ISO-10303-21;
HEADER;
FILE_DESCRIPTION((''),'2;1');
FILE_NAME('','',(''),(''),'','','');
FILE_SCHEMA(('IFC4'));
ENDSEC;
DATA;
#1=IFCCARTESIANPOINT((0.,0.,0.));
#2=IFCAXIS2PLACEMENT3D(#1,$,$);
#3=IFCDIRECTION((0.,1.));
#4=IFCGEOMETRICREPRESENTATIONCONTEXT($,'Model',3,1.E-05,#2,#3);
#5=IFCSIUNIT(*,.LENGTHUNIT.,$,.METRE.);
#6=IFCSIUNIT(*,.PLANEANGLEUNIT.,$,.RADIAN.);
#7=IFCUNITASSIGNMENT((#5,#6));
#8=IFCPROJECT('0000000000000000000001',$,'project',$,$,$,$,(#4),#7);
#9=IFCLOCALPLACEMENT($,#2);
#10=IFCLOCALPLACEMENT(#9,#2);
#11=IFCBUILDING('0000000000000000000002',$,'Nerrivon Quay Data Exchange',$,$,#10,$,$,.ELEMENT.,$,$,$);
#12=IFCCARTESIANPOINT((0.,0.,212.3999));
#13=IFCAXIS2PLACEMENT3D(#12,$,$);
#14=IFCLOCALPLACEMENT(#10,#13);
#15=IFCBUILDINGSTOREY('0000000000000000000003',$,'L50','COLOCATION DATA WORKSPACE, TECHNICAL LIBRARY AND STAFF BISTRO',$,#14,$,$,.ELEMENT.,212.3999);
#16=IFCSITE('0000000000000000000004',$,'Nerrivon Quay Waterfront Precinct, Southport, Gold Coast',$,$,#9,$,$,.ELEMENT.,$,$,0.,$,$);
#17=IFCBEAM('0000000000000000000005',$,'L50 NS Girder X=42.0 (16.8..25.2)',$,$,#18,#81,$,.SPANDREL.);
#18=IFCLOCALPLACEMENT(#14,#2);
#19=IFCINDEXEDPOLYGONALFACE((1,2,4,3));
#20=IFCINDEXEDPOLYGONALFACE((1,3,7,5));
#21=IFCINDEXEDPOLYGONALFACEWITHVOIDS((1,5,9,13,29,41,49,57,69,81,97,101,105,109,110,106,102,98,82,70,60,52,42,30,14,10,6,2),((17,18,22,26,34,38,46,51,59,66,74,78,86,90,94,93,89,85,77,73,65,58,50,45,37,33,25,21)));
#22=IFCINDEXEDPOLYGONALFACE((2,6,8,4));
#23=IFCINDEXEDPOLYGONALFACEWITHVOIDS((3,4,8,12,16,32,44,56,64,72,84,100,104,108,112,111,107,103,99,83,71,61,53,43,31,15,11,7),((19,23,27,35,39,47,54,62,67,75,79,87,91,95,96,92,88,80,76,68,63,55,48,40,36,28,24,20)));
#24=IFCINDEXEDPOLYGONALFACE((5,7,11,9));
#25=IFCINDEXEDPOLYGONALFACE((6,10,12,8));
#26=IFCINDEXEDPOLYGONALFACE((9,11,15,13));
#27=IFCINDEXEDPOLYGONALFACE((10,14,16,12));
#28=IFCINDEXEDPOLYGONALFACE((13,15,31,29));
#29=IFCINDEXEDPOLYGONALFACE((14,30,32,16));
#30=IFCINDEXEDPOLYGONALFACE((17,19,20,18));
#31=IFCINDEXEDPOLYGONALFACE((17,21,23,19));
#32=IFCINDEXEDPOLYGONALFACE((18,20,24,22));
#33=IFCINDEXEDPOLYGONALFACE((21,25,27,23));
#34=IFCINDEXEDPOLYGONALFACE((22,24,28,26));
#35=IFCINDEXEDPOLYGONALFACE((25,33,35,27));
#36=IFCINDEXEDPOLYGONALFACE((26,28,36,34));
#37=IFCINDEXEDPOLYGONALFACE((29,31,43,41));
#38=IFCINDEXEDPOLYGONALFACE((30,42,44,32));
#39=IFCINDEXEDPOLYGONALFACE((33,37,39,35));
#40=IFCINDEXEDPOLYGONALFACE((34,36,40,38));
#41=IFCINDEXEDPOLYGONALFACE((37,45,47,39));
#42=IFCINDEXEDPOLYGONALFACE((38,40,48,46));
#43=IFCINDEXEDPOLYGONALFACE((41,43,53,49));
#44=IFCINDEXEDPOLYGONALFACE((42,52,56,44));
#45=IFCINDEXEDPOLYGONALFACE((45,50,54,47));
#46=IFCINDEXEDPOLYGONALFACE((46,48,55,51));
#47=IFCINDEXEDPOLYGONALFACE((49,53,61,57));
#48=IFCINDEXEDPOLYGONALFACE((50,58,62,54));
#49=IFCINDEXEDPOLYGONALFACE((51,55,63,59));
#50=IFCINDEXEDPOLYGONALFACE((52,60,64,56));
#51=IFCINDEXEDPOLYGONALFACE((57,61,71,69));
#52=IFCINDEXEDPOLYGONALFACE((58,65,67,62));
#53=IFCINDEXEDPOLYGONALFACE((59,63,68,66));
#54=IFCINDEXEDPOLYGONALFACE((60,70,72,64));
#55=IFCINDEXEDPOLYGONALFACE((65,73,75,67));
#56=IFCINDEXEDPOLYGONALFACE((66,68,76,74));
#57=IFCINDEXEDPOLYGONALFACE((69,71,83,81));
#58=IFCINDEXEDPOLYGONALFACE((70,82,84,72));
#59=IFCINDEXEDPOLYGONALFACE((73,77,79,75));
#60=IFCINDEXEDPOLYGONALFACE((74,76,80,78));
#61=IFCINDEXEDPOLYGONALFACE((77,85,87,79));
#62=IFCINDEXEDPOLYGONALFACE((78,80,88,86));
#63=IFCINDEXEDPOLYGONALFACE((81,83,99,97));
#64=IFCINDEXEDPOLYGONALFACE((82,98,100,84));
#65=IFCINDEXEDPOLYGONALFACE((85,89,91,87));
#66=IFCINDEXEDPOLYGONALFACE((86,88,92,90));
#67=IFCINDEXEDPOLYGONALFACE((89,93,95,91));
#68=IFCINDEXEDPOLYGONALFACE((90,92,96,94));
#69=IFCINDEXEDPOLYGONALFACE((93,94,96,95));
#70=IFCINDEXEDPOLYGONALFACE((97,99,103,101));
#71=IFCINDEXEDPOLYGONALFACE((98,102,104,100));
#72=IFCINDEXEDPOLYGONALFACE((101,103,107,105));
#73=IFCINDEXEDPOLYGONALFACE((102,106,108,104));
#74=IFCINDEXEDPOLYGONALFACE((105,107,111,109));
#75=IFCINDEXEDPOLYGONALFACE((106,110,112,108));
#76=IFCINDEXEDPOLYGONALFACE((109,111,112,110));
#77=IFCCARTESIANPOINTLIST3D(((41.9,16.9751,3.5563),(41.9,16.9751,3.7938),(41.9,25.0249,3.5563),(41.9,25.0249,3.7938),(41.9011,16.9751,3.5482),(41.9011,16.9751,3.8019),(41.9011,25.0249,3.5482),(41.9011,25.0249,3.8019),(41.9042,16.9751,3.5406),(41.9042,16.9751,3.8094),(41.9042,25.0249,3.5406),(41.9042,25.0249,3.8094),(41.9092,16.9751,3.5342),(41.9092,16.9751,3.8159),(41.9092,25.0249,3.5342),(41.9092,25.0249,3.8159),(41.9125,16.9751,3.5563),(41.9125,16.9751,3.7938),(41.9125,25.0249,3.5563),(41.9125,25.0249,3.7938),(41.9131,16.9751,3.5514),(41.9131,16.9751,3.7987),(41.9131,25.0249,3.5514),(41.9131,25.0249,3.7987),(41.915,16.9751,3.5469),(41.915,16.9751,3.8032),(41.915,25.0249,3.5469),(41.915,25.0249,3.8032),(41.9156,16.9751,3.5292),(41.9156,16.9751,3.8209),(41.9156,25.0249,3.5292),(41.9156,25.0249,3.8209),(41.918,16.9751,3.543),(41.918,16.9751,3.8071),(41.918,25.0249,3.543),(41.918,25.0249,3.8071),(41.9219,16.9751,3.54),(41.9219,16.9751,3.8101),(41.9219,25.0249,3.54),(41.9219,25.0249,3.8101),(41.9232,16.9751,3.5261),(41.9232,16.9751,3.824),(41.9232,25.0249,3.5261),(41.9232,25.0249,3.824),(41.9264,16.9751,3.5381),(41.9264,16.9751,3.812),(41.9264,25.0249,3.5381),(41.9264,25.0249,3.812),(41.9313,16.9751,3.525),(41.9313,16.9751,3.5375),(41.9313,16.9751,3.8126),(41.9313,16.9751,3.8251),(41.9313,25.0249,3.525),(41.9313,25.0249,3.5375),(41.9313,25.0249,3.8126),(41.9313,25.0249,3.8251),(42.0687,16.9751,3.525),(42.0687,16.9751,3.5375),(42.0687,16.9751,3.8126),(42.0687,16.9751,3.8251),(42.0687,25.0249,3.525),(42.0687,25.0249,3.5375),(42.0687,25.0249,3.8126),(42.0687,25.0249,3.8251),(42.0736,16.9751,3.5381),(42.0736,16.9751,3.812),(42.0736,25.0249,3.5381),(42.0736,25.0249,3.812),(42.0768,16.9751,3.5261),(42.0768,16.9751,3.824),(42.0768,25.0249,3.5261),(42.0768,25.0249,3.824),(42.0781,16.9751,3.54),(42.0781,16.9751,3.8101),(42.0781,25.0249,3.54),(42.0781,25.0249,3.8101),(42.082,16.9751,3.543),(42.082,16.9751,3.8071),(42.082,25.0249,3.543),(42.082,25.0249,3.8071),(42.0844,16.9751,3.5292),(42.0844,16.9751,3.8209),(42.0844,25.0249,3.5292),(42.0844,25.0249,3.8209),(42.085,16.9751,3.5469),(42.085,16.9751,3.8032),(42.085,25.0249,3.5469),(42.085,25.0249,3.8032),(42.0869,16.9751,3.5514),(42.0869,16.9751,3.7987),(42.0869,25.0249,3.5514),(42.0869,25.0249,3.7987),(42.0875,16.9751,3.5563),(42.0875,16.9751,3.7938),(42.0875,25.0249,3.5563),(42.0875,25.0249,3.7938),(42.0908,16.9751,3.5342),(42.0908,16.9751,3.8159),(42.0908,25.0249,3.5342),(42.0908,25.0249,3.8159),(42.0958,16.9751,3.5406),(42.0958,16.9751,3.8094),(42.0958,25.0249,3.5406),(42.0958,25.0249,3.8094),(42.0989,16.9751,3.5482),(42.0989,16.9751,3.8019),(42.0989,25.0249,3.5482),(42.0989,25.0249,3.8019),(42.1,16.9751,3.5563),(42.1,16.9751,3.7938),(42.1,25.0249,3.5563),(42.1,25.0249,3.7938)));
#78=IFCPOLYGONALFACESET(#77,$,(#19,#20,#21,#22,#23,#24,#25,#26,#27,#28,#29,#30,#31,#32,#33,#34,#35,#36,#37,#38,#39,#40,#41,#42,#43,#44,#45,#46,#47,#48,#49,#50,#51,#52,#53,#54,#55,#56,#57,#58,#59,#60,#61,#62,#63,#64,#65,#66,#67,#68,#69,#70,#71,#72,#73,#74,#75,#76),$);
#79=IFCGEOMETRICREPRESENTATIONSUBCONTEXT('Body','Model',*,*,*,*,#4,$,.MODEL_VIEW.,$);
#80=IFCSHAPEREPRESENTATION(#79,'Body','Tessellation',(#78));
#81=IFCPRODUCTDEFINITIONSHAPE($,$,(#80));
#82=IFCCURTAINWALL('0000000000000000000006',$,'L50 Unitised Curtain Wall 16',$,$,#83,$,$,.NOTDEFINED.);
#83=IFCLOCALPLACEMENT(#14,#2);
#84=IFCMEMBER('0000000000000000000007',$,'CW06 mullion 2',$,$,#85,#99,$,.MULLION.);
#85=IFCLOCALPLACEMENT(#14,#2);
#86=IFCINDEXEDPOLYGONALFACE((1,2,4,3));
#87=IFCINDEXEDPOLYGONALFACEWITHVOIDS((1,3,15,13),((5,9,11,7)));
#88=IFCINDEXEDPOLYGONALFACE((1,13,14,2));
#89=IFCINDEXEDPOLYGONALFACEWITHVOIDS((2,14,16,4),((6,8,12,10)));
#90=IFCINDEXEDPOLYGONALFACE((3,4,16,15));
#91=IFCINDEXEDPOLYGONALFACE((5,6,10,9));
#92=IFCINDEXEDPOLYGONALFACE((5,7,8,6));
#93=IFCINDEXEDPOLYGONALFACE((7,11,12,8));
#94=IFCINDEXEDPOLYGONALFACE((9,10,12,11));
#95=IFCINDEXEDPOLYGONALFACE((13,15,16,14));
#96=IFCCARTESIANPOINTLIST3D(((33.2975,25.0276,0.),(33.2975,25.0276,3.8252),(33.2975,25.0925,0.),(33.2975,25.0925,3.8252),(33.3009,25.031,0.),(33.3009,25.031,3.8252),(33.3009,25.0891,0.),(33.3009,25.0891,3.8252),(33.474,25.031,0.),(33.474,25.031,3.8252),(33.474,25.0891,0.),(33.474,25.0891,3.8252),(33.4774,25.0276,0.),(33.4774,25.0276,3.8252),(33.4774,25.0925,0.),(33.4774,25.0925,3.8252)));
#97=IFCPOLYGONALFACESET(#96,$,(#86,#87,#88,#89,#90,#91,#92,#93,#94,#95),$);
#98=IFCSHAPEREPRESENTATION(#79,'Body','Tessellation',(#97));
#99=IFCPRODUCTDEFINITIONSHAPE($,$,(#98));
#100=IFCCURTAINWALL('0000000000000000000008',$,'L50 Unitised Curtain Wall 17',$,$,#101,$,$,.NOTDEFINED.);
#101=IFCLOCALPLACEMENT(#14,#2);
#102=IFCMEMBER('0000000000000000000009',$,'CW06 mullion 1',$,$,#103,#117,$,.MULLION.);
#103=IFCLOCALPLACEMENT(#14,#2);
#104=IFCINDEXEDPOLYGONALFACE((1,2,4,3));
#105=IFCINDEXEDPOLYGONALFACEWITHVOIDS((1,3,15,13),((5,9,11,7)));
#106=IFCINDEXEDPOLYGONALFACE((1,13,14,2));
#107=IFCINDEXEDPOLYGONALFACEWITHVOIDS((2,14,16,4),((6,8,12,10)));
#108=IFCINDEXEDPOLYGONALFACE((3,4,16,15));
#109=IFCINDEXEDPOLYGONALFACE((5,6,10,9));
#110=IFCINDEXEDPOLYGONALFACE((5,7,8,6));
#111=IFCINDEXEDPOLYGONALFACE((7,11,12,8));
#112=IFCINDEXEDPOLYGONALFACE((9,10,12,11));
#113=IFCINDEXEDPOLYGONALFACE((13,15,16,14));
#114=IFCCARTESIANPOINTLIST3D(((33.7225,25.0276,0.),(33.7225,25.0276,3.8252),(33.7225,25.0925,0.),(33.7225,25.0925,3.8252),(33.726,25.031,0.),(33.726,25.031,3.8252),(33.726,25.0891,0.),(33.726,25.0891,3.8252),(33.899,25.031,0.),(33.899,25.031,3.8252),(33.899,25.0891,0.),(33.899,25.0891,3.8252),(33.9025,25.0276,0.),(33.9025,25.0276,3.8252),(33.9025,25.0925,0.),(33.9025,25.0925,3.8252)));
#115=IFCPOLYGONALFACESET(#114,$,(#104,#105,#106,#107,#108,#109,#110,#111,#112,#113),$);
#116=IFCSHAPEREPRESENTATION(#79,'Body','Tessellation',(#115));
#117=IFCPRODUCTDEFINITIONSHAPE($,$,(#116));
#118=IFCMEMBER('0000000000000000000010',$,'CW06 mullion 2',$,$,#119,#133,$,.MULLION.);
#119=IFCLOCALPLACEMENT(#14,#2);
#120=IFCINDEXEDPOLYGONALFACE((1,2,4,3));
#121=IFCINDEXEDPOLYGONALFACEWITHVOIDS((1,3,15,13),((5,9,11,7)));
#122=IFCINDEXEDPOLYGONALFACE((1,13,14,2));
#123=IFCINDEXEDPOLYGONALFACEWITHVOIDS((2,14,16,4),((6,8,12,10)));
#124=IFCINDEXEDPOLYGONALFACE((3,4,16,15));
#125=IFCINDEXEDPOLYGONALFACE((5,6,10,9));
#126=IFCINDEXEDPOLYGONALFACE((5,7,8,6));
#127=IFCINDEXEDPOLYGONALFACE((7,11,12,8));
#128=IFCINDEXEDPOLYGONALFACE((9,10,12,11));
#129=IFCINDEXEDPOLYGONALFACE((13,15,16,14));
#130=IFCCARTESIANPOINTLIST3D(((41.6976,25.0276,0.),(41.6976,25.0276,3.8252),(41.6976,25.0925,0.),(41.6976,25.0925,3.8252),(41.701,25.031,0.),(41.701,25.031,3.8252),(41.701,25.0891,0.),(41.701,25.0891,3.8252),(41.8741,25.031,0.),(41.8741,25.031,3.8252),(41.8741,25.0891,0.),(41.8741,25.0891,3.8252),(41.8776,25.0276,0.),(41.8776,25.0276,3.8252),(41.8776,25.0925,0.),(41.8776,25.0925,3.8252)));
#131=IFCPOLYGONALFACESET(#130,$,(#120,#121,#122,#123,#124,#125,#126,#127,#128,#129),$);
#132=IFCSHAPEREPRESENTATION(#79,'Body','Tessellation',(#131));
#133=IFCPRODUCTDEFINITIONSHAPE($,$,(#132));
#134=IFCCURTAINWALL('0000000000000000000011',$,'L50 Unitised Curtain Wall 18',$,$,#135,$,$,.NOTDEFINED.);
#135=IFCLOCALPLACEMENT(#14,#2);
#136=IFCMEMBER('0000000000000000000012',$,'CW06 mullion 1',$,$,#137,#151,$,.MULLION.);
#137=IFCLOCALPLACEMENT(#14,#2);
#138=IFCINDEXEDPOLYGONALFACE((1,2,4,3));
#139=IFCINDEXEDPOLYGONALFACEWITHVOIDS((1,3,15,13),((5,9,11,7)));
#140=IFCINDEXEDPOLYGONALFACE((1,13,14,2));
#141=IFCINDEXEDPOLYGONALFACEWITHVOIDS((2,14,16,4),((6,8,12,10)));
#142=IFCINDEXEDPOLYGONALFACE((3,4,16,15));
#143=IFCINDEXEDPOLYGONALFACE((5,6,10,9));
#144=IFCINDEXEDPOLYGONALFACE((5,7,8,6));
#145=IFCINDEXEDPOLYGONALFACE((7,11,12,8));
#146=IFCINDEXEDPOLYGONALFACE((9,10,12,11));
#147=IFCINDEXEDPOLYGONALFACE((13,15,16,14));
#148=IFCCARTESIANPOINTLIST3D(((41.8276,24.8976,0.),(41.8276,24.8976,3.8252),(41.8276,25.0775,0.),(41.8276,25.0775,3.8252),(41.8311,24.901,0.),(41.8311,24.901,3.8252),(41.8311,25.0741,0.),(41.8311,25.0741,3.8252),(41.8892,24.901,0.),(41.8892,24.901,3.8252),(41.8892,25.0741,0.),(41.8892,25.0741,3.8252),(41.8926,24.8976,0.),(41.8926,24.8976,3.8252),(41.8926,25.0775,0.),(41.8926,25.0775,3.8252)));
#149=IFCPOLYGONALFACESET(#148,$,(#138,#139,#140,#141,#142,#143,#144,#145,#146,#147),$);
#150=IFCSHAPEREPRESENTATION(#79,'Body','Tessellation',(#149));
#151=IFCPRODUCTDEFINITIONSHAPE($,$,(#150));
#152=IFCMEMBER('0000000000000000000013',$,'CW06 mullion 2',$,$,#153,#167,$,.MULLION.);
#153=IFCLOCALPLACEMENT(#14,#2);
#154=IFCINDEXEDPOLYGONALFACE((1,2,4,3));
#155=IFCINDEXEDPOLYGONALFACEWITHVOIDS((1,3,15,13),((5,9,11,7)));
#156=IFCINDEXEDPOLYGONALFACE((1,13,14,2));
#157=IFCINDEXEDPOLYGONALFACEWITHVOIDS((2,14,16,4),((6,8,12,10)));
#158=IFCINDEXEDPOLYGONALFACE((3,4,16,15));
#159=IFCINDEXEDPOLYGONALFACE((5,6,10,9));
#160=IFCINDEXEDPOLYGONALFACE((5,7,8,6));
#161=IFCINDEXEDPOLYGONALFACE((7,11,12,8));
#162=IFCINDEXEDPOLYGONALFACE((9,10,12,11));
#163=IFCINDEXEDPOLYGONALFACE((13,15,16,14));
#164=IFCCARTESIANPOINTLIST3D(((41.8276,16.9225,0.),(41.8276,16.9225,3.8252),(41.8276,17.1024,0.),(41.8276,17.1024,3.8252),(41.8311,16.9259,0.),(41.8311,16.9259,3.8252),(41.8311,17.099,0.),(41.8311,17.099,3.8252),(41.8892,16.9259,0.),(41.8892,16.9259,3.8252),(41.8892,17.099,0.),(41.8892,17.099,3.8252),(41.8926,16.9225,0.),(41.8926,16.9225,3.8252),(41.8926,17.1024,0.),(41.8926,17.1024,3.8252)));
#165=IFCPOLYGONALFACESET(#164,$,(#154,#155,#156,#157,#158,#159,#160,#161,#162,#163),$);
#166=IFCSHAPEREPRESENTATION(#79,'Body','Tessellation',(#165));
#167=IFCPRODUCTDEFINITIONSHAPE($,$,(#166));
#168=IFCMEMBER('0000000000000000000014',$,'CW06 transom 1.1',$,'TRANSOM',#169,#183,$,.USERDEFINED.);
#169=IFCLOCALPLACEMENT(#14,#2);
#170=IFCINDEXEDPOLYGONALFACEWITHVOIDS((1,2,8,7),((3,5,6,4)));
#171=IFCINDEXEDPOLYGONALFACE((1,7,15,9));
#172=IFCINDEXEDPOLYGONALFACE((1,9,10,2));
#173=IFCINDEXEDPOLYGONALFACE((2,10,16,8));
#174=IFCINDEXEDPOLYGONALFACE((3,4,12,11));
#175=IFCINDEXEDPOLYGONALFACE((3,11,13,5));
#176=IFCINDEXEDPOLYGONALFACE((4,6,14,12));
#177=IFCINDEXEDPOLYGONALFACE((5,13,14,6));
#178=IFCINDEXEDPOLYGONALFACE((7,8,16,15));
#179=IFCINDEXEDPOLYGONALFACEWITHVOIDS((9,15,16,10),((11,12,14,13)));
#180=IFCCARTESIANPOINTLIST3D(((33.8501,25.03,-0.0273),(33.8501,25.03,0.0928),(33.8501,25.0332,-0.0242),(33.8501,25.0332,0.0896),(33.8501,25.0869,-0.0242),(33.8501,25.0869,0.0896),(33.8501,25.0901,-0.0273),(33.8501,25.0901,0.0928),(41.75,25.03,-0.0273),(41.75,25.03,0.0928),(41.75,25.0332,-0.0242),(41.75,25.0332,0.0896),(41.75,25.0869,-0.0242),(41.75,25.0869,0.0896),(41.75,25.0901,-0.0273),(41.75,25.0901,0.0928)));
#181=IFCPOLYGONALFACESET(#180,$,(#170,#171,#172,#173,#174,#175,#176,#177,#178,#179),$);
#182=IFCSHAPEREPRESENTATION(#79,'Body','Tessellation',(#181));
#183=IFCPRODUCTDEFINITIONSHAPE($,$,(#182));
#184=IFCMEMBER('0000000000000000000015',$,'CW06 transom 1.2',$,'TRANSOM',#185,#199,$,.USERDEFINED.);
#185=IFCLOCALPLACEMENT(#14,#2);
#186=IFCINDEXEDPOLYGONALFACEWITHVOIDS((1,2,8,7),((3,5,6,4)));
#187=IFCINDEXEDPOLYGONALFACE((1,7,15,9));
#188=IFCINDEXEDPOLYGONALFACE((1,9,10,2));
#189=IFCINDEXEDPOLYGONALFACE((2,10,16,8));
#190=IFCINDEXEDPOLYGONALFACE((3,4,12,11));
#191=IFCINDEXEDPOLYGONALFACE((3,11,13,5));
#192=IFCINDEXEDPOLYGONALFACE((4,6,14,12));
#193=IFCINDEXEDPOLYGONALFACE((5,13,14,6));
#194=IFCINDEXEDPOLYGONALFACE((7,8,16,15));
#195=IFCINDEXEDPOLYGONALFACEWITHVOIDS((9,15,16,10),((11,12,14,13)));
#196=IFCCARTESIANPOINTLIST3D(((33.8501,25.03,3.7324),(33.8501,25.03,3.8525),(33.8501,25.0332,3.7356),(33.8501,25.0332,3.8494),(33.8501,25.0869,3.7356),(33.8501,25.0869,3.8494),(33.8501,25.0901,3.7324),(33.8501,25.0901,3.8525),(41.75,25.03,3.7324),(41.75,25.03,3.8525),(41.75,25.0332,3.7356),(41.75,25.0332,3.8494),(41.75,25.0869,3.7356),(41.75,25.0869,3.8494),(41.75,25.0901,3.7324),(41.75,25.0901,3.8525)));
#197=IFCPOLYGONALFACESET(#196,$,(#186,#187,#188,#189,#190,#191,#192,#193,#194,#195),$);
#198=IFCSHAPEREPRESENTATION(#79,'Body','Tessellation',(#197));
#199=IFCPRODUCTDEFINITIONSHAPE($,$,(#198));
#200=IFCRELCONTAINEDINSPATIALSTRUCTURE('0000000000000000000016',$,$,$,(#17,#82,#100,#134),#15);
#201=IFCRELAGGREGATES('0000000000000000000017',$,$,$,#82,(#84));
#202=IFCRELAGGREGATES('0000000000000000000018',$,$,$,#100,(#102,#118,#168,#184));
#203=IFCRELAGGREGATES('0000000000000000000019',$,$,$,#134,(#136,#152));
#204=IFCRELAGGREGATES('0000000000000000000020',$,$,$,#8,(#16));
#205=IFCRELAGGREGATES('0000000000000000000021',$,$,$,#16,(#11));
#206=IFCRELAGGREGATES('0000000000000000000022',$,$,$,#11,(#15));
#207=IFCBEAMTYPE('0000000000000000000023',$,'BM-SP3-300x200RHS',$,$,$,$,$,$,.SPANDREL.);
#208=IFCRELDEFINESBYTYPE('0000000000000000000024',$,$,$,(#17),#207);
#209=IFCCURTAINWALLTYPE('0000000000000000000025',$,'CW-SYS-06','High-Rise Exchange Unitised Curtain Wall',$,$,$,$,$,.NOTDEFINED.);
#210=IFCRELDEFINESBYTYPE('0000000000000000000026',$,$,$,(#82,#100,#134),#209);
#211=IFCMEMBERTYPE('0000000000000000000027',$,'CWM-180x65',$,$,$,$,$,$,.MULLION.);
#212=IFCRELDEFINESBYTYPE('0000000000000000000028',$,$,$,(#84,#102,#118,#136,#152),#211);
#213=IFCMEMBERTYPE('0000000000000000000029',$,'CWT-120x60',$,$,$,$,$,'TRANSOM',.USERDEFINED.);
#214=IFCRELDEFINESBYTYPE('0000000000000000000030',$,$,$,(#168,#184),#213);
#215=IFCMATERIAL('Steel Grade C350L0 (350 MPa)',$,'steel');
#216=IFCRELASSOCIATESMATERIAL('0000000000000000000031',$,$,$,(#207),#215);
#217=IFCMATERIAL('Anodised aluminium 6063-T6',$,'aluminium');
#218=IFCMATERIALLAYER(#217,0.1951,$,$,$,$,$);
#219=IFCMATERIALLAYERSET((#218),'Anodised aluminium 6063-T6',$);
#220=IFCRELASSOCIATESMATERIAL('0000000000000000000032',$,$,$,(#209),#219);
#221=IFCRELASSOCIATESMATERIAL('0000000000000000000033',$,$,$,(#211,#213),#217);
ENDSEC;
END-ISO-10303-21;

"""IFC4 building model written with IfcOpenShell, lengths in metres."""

from ifc_helpers import new_model, si_unit, direction, frame, origin, origin_2d, place, context, subcontext, project, spatial, hollow_rectangle, extrude, material, layer, layer_set, material_profile, profile_set, type_object, element, aggregate, save


model = new_model("IFC4")

# Units and contexts
model_context = context("Model", 3, precision=1e-05, world=origin(), true_north=direction((0.0, 1.0)))
body_context = subcontext(model_context, "Body", "Model", "MODEL_VIEW")
ifc_project = project(units=[si_unit("LENGTHUNIT", "METRE"), si_unit("PLANEANGLEUNIT", "RADIAN")], contexts=[model_context])

# Site, building, storey
site_placement = place(None, origin())
site = spatial("IfcSite", under=ifc_project, at=site_placement, Name="Nerrivon Quay Waterfront Precinct, Southport, Gold Coast", CompositionType="ELEMENT", RefElevation=0.0)
building_placement = place(site_placement, origin())
building = spatial("IfcBuilding", under=site, at=building_placement, Name="Nerrivon Quay Data Exchange", CompositionType="ELEMENT")
storey_placement = place(building_placement, frame((0.0, 0.0, 212.3999)))
storey = spatial("IfcBuildingStorey", under=building, at=storey_placement, Name="L50", Description="COLOCATION DATA WORKSPACE, TECHNICAL LIBRARY AND STAFF BISTRO", CompositionType="ELEMENT", Elevation=212.3999)

# Beam
ifc_material_1 = material(Name="Steel Grade C350L0 (350 MPa)", Category="steel")
ifc_material_profile_1 = material_profile(ifc_material_1, hollow_rectangle(XDim=0.2, YDim=0.3, WallThickness=0.0125, InnerFilletRadius=0.0188, OuterFilletRadius=0.0312, at=origin_2d()), Name="300x200x12.5RHS")
ifc_profile_set_1 = profile_set([ifc_material_profile_1], Name="Steel Grade C350L0 (350 MPa)")
beam_type_1 = type_object("IfcBeamType", Name="BM-SP3-300x200RHS", PredefinedType="SPANDREL", material=ifc_profile_set_1)
beam_1_placement = place(storey_placement, frame((42.0, 16.9751, 3.675), z_axis=(0.0, 1.0, 0.0), x_axis=(-1.0, 0.0, 0.0)))
element("IfcBeam", 1, at=beam_1_placement, inside=storey, type_object=beam_type_1, Name="L50 NS Girder X=42.0 (16.8..25.2)", PredefinedType="SPANDREL", context=body_context, shape_type="SweptSolid", body=[
    extrude(hollow_rectangle(XDim=0.2, YDim=0.3, WallThickness=0.0125, InnerFilletRadius=0.0188, OuterFilletRadius=0.0312, at=origin_2d()), origin(), (0.0, 0.0, 1.0), 8.0498),
])

# Curtain wall, member
ifc_material_2 = material(Name="Anodised aluminium 6063-T6", Category="aluminium")
ifc_layer_1 = layer(ifc_material_2, 0.1951)
ifc_layer_set_1 = layer_set([ifc_layer_1], Name="Anodised aluminium 6063-T6")
curtain_wall_type = type_object("IfcCurtainWallType", Name="CW-SYS-06", Description="High-Rise Exchange Unitised Curtain Wall", PredefinedType="NOTDEFINED", material=ifc_layer_set_1)
curtain_wall_1_placement = place(storey_placement, origin())
curtain_wall_1 = element("IfcCurtainWall", 2, at=curtain_wall_1_placement, inside=storey, type_object=curtain_wall_type, Name="L50 Unitised Curtain Wall 16", PredefinedType="NOTDEFINED")
ifc_material_profile_2 = material_profile(ifc_material_2, hollow_rectangle(XDim=0.0649, YDim=0.1799, WallThickness=0.0034, at=origin_2d()), Name="ALU-MULL-180x65")
ifc_profile_set_2 = profile_set([ifc_material_profile_2], Name="Anodised aluminium 6063-T6")
member_type_1 = type_object("IfcMemberType", Name="CWM-180x65", PredefinedType="MULLION", material=ifc_profile_set_2)
member_1_placement = place(storey_placement, frame((33.3875, 25.0601, 0.0), z_axis=(0.0, 0.0, 1.0), x_axis=(0.0, 1.0, 0.0)))
member_1 = element("IfcMember", 3, at=member_1_placement, type_object=member_type_1, Name="CW06 mullion 2", PredefinedType="MULLION", context=body_context, shape_type="SweptSolid", body=[
    extrude(hollow_rectangle(XDim=0.0649, YDim=0.1799, WallThickness=0.0034, at=origin_2d()), origin(), (0.0, 0.0, 1.0), 3.8252),
])

# Curtain walls, members
curtain_wall_2_placement = place(storey_placement, origin())
curtain_wall_2 = element("IfcCurtainWall", 4, at=curtain_wall_2_placement, inside=storey, type_object=curtain_wall_type, Name="L50 Unitised Curtain Wall 17", PredefinedType="NOTDEFINED")
member_2_placement = place(storey_placement, frame((33.8125, 25.0601, 0.0), z_axis=(0.0, 0.0, 1.0), x_axis=(0.0, 1.0, 0.0)))
member_2 = element("IfcMember", 5, at=member_2_placement, type_object=member_type_1, Name="CW06 mullion 1", PredefinedType="MULLION", context=body_context, shape_type="SweptSolid", body=[
    extrude(hollow_rectangle(XDim=0.0649, YDim=0.1799, WallThickness=0.0034, at=origin_2d()), origin(), (0.0, 0.0, 1.0), 3.8252),
])
member_3_placement = place(storey_placement, frame((41.7876, 25.0601, 0.0), z_axis=(0.0, 0.0, 1.0), x_axis=(0.0, 1.0, 0.0)))
member_3 = element("IfcMember", 6, at=member_3_placement, type_object=member_type_1, Name="CW06 mullion 2", PredefinedType="MULLION", context=body_context, shape_type="SweptSolid", body=[
    extrude(hollow_rectangle(XDim=0.0649, YDim=0.1799, WallThickness=0.0034, at=origin_2d()), origin(), (0.0, 0.0, 1.0), 3.8252),
])
curtain_wall_3_placement = place(storey_placement, origin())
curtain_wall_3 = element("IfcCurtainWall", 7, at=curtain_wall_3_placement, inside=storey, type_object=curtain_wall_type, Name="L50 Unitised Curtain Wall 18", PredefinedType="NOTDEFINED")
member_4_placement = place(storey_placement, frame((41.8601, 24.9875, 0.0), z_axis=(0.0, 0.0, 1.0), x_axis=(1.0, 0.0, 0.0)))
member_4 = element("IfcMember", 8, at=member_4_placement, type_object=member_type_1, Name="CW06 mullion 1", PredefinedType="MULLION", context=body_context, shape_type="SweptSolid", body=[
    extrude(hollow_rectangle(XDim=0.0649, YDim=0.1799, WallThickness=0.0034, at=origin_2d()), origin(), (0.0, 0.0, 1.0), 3.8252),
])
member_5_placement = place(storey_placement, frame((41.8601, 17.0125, 0.0), z_axis=(0.0, 0.0, 1.0), x_axis=(1.0, 0.0, 0.0)))
member_5 = element("IfcMember", 9, at=member_5_placement, type_object=member_type_1, Name="CW06 mullion 2", PredefinedType="MULLION", context=body_context, shape_type="SweptSolid", body=[
    extrude(hollow_rectangle(XDim=0.0649, YDim=0.1799, WallThickness=0.0034, at=origin_2d()), origin(), (0.0, 0.0, 1.0), 3.8252),
])

# Members
ifc_material_profile_3 = material_profile(ifc_material_2, hollow_rectangle(XDim=0.0601, YDim=0.1201, WallThickness=0.0032, at=origin_2d()), Name="ALU-TRAN-120x60")
ifc_profile_set_3 = profile_set([ifc_material_profile_3], Name="Anodised aluminium 6063-T6")
member_type_2 = type_object("IfcMemberType", Name="CWT-120x60", ElementType="TRANSOM", PredefinedType="USERDEFINED", material=ifc_profile_set_3)
member_6_placement = place(storey_placement, frame((33.8501, 25.0601, 0.0327), z_axis=(1.0, 0.0, 0.0), x_axis=(0.0, 1.0, 0.0)))
member_6 = element("IfcMember", 10, at=member_6_placement, type_object=member_type_2, Name="CW06 transom 1.1", ObjectType="TRANSOM", PredefinedType="USERDEFINED", context=body_context, shape_type="SweptSolid", body=[
    extrude(hollow_rectangle(XDim=0.0601, YDim=0.1201, WallThickness=0.0032, at=origin_2d()), origin(), (0.0, 0.0, 1.0), 7.8999),
])
member_7_placement = place(storey_placement, frame((33.8501, 25.0601, 3.7925), z_axis=(1.0, 0.0, 0.0), x_axis=(0.0, 1.0, 0.0)))
member_7 = element("IfcMember", 11, at=member_7_placement, type_object=member_type_2, Name="CW06 transom 1.2", ObjectType="TRANSOM", PredefinedType="USERDEFINED", context=body_context, shape_type="SweptSolid", body=[
    extrude(hollow_rectangle(XDim=0.0601, YDim=0.1201, WallThickness=0.0032, at=origin_2d()), origin(), (0.0, 0.0, 1.0), 7.8999),
])

aggregate(curtain_wall_1, [member_1])
aggregate(curtain_wall_2, [member_2, member_3, member_6, member_7])
aggregate(curtain_wall_3, [member_4, member_5])

save(model, "model.ifc")
